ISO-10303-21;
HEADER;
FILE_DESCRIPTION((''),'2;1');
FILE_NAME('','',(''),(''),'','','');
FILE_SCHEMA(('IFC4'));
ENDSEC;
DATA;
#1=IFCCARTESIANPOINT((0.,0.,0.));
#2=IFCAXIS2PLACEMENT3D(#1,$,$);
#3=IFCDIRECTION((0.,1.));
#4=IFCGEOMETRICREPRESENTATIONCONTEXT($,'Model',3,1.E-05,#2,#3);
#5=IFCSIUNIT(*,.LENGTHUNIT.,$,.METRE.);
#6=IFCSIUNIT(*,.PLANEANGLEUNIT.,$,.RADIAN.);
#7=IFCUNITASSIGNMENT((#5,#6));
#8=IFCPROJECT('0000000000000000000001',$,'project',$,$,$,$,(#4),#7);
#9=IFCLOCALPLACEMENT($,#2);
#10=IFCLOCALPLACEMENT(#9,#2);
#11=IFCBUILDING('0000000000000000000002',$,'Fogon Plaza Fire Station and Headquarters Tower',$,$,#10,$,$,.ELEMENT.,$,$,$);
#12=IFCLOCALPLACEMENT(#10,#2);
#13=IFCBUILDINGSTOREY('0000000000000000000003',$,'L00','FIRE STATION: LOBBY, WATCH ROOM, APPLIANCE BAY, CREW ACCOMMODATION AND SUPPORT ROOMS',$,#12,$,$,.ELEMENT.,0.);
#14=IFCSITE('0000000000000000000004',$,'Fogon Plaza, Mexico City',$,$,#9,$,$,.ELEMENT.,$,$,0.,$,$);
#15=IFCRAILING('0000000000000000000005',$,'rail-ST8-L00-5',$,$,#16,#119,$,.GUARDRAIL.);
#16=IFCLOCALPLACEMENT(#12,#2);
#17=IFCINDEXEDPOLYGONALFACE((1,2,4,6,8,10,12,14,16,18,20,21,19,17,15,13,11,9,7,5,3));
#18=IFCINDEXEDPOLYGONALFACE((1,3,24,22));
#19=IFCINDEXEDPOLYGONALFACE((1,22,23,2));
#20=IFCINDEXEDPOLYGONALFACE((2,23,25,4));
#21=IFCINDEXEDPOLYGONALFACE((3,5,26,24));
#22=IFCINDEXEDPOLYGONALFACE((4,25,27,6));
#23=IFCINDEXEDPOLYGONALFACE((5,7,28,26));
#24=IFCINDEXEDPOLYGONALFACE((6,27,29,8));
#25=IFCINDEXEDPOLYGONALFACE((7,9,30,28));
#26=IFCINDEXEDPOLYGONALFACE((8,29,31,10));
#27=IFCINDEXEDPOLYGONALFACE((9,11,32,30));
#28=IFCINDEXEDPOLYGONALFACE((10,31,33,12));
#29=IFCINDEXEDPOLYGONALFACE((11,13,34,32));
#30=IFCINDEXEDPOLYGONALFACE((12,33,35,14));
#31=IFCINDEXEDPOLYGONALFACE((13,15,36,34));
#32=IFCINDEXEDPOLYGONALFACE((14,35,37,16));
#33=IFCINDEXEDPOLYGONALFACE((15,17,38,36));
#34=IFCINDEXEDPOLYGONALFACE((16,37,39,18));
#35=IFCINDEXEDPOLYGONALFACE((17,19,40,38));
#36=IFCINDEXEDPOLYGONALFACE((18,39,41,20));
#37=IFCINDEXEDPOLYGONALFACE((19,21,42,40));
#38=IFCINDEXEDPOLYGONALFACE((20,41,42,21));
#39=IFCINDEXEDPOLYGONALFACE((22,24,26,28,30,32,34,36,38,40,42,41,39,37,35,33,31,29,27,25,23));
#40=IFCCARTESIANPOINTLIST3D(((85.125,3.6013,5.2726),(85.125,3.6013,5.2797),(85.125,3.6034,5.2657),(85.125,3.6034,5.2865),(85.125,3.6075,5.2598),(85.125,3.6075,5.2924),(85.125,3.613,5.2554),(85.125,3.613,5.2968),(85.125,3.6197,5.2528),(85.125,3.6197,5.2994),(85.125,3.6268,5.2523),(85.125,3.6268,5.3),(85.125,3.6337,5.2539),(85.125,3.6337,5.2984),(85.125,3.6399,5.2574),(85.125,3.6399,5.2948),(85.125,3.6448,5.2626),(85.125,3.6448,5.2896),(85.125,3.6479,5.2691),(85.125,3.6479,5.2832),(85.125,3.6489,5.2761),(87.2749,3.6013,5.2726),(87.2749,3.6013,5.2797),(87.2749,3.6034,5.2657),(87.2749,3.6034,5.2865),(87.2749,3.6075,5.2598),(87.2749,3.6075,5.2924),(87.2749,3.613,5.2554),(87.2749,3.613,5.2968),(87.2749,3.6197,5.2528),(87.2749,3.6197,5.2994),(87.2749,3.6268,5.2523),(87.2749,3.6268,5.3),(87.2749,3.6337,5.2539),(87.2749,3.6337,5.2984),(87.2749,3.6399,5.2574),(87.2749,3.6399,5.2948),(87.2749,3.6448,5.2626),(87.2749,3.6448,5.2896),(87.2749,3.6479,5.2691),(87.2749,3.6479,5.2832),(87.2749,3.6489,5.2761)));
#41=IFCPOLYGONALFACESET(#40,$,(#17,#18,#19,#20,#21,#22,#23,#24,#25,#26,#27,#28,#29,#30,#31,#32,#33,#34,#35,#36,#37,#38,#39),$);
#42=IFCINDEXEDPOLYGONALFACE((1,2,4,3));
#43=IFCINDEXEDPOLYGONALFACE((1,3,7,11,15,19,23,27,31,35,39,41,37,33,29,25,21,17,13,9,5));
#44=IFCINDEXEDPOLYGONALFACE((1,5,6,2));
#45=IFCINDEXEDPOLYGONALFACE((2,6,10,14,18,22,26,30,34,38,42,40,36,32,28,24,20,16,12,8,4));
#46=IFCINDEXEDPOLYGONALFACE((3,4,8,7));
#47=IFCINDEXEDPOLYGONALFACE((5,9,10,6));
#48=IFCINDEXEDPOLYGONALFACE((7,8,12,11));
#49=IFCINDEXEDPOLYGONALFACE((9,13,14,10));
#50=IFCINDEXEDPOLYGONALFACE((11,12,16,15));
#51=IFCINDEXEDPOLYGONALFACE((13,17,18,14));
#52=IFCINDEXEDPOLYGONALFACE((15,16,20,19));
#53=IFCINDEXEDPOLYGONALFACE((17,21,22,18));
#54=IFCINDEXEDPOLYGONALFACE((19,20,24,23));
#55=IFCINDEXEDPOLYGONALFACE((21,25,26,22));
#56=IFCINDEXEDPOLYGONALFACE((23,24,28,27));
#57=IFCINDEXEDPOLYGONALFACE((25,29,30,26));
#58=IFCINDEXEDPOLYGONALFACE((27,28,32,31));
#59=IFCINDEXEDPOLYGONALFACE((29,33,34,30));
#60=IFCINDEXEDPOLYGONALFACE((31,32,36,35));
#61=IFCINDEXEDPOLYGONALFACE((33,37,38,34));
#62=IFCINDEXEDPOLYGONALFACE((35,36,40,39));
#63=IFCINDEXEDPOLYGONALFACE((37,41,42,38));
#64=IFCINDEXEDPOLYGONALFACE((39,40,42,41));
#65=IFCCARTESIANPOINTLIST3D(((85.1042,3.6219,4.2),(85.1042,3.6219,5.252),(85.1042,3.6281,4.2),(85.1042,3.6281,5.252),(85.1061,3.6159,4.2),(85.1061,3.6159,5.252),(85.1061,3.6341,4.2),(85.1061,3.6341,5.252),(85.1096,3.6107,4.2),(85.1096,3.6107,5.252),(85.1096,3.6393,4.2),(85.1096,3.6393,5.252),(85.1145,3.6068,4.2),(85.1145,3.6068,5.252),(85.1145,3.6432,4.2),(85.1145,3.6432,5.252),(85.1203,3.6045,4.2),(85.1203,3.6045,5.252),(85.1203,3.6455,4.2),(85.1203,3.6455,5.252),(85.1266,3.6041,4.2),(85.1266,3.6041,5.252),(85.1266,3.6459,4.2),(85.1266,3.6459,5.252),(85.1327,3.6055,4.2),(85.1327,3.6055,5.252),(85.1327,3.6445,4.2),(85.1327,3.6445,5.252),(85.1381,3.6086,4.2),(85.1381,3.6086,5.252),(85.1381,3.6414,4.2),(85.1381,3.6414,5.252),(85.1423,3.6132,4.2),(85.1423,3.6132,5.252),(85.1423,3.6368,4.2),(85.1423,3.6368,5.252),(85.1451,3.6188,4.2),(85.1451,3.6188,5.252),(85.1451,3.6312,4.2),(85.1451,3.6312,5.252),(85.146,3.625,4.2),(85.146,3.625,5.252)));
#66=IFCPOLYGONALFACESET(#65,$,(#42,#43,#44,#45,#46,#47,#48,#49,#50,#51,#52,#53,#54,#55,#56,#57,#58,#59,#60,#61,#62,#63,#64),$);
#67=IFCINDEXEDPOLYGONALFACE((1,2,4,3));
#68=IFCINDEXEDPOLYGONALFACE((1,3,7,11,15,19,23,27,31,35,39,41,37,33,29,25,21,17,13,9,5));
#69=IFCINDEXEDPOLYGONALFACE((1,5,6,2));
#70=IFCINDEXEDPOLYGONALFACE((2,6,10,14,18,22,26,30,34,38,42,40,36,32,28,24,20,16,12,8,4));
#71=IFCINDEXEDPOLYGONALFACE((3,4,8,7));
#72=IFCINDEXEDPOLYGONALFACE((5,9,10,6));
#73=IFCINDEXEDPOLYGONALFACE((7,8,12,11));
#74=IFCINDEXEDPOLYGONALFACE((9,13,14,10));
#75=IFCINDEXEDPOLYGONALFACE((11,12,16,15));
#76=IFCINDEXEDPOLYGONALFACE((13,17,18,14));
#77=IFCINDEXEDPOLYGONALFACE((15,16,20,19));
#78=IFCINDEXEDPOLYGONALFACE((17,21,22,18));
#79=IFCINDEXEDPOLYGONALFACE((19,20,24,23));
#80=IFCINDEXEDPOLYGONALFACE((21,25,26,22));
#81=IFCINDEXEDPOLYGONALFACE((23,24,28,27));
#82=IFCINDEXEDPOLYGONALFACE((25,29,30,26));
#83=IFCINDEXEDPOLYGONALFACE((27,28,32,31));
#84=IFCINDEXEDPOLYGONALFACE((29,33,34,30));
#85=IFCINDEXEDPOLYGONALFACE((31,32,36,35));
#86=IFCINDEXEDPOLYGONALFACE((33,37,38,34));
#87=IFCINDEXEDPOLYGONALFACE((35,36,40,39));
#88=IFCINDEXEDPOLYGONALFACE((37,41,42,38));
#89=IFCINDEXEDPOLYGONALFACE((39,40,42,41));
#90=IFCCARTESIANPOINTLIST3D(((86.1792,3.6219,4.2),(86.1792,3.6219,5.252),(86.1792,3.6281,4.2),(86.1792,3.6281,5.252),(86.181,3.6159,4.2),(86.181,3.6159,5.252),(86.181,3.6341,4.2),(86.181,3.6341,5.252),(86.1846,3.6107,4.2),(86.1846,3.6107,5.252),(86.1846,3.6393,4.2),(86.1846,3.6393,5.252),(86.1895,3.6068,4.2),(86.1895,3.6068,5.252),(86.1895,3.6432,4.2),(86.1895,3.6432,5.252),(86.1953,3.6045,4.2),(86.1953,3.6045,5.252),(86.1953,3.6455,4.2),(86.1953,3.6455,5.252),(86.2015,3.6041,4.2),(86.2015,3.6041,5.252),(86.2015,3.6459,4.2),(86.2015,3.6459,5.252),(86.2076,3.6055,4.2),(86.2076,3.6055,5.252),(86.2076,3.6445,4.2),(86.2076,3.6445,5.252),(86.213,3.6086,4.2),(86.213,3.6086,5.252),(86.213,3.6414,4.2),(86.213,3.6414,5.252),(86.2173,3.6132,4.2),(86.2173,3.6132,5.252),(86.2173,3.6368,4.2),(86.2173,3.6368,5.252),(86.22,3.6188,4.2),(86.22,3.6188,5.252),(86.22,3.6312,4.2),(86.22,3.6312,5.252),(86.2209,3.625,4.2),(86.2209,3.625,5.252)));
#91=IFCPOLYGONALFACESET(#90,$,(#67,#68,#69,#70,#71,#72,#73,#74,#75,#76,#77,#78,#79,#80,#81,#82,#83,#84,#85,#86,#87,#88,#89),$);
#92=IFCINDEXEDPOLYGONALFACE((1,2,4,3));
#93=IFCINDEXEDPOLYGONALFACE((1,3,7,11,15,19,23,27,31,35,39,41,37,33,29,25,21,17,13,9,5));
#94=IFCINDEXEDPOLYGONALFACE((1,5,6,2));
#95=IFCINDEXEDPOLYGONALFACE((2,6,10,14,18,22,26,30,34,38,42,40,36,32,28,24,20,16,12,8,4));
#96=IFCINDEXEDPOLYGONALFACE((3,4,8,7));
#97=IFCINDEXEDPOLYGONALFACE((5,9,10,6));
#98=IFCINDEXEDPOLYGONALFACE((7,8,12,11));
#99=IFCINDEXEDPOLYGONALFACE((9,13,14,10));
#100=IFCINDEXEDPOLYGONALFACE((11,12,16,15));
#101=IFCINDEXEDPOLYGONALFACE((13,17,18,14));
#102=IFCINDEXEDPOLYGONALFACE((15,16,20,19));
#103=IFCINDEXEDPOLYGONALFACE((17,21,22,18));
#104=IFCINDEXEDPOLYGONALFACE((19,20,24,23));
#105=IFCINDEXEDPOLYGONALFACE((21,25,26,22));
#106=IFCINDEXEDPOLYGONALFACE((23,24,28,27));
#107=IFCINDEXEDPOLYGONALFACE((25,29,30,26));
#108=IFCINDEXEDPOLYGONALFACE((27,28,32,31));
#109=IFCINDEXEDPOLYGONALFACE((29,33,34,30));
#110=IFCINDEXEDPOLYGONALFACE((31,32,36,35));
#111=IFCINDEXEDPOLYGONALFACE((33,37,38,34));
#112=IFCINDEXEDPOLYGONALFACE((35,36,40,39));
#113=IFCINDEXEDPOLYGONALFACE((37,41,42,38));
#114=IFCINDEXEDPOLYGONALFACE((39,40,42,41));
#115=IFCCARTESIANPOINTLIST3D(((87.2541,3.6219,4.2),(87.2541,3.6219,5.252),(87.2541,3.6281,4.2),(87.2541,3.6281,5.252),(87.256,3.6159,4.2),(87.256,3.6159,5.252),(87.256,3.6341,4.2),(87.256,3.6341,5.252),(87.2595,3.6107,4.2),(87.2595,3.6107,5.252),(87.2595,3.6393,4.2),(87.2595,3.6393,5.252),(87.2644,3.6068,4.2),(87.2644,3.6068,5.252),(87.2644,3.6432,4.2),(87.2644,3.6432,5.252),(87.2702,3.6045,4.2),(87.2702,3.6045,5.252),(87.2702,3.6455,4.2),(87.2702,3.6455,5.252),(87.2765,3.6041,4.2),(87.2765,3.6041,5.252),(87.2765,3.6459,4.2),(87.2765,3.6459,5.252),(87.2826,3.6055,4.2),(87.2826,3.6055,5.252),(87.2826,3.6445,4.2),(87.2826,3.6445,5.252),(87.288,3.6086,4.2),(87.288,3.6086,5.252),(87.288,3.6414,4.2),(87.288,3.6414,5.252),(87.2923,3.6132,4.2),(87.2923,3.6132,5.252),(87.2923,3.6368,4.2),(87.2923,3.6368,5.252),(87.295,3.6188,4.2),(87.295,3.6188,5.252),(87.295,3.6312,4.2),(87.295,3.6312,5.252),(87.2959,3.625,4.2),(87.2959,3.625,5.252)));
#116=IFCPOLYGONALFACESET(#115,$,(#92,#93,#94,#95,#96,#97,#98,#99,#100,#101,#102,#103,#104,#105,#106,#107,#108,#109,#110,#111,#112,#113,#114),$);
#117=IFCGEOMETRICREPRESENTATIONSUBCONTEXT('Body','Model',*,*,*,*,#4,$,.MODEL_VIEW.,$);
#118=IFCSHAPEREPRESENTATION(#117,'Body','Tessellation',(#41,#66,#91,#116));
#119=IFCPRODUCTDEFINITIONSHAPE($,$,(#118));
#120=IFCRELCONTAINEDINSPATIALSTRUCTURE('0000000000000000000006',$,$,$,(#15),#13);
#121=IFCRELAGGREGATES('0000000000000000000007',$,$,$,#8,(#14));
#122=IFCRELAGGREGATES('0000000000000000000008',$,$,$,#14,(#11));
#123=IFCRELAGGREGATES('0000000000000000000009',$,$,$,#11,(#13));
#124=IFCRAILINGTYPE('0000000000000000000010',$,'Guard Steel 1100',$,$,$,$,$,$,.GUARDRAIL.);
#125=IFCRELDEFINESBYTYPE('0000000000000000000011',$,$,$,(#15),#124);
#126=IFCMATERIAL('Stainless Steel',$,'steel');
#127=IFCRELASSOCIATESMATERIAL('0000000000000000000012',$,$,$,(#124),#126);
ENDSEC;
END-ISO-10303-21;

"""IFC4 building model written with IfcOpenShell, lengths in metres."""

from ifc_helpers import new_model, si_unit, direction, frame, origin, origin_2d, place, context, subcontext, project, spatial, circle, extrude, material, type_object, element, save


model = new_model("IFC4")

# Units and contexts
model_context = context("Model", 3, precision=1e-05, world=origin(), true_north=direction((0.0, 1.0)))
body_context = subcontext(model_context, "Body", "Model", "MODEL_VIEW")
ifc_project = project(units=[si_unit("LENGTHUNIT", "METRE"), si_unit("PLANEANGLEUNIT", "RADIAN")], contexts=[model_context])

# Site, building, storey
site_placement = place(None, origin())
site = spatial("IfcSite", under=ifc_project, at=site_placement, Name="Fogon Plaza, Mexico City", CompositionType="ELEMENT", RefElevation=0.0)
building_placement = place(site_placement, origin())
building = spatial("IfcBuilding", under=site, at=building_placement, Name="Fogon Plaza Fire Station and Headquarters Tower", CompositionType="ELEMENT")
storey_placement = place(building_placement, origin())
storey = spatial("IfcBuildingStorey", under=building, at=storey_placement, Name="L00", Description="FIRE STATION: LOBBY, WATCH ROOM, APPLIANCE BAY, CREW ACCOMMODATION AND SUPPORT ROOMS", CompositionType="ELEMENT", Elevation=0.0)

# Railing
ifc_material_1 = material(Name="Stainless Steel", Category="steel")
railing_type_1 = type_object("IfcRailingType", Name="Guard Steel 1100", PredefinedType="GUARDRAIL", material=ifc_material_1)
railing_1_placement = place(storey_placement, frame((85.125, 3.625, 4.2)))
element("IfcRailing", 1, at=railing_1_placement, inside=storey, type_object=railing_type_1, Name="rail-ST8-L00-5", PredefinedType="GUARDRAIL", context=body_context, shape_type="SweptSolid", body=[
    extrude(circle(Radius=0.0239, at=origin_2d()), frame((0.0, 0.0, 1.0762), z_axis=(1.0, 0.0, 0.0), x_axis=(0.0, 1.0, 0.0)), (0.0, 0.0, 1.0), 2.1499),
    extrude(circle(Radius=0.021, at=origin_2d()), origin(), (0.0, 0.0, 1.0), 1.052),
    extrude(circle(Radius=0.021, at=origin_2d()), frame((1.075, 0.0, 0.0)), (0.0, 0.0, 1.0), 1.052),
    extrude(circle(Radius=0.021, at=origin_2d()), frame((2.1499, 0.0, 0.0)), (0.0, 0.0, 1.0), 1.052),
])

save(model, "model.ifc")
